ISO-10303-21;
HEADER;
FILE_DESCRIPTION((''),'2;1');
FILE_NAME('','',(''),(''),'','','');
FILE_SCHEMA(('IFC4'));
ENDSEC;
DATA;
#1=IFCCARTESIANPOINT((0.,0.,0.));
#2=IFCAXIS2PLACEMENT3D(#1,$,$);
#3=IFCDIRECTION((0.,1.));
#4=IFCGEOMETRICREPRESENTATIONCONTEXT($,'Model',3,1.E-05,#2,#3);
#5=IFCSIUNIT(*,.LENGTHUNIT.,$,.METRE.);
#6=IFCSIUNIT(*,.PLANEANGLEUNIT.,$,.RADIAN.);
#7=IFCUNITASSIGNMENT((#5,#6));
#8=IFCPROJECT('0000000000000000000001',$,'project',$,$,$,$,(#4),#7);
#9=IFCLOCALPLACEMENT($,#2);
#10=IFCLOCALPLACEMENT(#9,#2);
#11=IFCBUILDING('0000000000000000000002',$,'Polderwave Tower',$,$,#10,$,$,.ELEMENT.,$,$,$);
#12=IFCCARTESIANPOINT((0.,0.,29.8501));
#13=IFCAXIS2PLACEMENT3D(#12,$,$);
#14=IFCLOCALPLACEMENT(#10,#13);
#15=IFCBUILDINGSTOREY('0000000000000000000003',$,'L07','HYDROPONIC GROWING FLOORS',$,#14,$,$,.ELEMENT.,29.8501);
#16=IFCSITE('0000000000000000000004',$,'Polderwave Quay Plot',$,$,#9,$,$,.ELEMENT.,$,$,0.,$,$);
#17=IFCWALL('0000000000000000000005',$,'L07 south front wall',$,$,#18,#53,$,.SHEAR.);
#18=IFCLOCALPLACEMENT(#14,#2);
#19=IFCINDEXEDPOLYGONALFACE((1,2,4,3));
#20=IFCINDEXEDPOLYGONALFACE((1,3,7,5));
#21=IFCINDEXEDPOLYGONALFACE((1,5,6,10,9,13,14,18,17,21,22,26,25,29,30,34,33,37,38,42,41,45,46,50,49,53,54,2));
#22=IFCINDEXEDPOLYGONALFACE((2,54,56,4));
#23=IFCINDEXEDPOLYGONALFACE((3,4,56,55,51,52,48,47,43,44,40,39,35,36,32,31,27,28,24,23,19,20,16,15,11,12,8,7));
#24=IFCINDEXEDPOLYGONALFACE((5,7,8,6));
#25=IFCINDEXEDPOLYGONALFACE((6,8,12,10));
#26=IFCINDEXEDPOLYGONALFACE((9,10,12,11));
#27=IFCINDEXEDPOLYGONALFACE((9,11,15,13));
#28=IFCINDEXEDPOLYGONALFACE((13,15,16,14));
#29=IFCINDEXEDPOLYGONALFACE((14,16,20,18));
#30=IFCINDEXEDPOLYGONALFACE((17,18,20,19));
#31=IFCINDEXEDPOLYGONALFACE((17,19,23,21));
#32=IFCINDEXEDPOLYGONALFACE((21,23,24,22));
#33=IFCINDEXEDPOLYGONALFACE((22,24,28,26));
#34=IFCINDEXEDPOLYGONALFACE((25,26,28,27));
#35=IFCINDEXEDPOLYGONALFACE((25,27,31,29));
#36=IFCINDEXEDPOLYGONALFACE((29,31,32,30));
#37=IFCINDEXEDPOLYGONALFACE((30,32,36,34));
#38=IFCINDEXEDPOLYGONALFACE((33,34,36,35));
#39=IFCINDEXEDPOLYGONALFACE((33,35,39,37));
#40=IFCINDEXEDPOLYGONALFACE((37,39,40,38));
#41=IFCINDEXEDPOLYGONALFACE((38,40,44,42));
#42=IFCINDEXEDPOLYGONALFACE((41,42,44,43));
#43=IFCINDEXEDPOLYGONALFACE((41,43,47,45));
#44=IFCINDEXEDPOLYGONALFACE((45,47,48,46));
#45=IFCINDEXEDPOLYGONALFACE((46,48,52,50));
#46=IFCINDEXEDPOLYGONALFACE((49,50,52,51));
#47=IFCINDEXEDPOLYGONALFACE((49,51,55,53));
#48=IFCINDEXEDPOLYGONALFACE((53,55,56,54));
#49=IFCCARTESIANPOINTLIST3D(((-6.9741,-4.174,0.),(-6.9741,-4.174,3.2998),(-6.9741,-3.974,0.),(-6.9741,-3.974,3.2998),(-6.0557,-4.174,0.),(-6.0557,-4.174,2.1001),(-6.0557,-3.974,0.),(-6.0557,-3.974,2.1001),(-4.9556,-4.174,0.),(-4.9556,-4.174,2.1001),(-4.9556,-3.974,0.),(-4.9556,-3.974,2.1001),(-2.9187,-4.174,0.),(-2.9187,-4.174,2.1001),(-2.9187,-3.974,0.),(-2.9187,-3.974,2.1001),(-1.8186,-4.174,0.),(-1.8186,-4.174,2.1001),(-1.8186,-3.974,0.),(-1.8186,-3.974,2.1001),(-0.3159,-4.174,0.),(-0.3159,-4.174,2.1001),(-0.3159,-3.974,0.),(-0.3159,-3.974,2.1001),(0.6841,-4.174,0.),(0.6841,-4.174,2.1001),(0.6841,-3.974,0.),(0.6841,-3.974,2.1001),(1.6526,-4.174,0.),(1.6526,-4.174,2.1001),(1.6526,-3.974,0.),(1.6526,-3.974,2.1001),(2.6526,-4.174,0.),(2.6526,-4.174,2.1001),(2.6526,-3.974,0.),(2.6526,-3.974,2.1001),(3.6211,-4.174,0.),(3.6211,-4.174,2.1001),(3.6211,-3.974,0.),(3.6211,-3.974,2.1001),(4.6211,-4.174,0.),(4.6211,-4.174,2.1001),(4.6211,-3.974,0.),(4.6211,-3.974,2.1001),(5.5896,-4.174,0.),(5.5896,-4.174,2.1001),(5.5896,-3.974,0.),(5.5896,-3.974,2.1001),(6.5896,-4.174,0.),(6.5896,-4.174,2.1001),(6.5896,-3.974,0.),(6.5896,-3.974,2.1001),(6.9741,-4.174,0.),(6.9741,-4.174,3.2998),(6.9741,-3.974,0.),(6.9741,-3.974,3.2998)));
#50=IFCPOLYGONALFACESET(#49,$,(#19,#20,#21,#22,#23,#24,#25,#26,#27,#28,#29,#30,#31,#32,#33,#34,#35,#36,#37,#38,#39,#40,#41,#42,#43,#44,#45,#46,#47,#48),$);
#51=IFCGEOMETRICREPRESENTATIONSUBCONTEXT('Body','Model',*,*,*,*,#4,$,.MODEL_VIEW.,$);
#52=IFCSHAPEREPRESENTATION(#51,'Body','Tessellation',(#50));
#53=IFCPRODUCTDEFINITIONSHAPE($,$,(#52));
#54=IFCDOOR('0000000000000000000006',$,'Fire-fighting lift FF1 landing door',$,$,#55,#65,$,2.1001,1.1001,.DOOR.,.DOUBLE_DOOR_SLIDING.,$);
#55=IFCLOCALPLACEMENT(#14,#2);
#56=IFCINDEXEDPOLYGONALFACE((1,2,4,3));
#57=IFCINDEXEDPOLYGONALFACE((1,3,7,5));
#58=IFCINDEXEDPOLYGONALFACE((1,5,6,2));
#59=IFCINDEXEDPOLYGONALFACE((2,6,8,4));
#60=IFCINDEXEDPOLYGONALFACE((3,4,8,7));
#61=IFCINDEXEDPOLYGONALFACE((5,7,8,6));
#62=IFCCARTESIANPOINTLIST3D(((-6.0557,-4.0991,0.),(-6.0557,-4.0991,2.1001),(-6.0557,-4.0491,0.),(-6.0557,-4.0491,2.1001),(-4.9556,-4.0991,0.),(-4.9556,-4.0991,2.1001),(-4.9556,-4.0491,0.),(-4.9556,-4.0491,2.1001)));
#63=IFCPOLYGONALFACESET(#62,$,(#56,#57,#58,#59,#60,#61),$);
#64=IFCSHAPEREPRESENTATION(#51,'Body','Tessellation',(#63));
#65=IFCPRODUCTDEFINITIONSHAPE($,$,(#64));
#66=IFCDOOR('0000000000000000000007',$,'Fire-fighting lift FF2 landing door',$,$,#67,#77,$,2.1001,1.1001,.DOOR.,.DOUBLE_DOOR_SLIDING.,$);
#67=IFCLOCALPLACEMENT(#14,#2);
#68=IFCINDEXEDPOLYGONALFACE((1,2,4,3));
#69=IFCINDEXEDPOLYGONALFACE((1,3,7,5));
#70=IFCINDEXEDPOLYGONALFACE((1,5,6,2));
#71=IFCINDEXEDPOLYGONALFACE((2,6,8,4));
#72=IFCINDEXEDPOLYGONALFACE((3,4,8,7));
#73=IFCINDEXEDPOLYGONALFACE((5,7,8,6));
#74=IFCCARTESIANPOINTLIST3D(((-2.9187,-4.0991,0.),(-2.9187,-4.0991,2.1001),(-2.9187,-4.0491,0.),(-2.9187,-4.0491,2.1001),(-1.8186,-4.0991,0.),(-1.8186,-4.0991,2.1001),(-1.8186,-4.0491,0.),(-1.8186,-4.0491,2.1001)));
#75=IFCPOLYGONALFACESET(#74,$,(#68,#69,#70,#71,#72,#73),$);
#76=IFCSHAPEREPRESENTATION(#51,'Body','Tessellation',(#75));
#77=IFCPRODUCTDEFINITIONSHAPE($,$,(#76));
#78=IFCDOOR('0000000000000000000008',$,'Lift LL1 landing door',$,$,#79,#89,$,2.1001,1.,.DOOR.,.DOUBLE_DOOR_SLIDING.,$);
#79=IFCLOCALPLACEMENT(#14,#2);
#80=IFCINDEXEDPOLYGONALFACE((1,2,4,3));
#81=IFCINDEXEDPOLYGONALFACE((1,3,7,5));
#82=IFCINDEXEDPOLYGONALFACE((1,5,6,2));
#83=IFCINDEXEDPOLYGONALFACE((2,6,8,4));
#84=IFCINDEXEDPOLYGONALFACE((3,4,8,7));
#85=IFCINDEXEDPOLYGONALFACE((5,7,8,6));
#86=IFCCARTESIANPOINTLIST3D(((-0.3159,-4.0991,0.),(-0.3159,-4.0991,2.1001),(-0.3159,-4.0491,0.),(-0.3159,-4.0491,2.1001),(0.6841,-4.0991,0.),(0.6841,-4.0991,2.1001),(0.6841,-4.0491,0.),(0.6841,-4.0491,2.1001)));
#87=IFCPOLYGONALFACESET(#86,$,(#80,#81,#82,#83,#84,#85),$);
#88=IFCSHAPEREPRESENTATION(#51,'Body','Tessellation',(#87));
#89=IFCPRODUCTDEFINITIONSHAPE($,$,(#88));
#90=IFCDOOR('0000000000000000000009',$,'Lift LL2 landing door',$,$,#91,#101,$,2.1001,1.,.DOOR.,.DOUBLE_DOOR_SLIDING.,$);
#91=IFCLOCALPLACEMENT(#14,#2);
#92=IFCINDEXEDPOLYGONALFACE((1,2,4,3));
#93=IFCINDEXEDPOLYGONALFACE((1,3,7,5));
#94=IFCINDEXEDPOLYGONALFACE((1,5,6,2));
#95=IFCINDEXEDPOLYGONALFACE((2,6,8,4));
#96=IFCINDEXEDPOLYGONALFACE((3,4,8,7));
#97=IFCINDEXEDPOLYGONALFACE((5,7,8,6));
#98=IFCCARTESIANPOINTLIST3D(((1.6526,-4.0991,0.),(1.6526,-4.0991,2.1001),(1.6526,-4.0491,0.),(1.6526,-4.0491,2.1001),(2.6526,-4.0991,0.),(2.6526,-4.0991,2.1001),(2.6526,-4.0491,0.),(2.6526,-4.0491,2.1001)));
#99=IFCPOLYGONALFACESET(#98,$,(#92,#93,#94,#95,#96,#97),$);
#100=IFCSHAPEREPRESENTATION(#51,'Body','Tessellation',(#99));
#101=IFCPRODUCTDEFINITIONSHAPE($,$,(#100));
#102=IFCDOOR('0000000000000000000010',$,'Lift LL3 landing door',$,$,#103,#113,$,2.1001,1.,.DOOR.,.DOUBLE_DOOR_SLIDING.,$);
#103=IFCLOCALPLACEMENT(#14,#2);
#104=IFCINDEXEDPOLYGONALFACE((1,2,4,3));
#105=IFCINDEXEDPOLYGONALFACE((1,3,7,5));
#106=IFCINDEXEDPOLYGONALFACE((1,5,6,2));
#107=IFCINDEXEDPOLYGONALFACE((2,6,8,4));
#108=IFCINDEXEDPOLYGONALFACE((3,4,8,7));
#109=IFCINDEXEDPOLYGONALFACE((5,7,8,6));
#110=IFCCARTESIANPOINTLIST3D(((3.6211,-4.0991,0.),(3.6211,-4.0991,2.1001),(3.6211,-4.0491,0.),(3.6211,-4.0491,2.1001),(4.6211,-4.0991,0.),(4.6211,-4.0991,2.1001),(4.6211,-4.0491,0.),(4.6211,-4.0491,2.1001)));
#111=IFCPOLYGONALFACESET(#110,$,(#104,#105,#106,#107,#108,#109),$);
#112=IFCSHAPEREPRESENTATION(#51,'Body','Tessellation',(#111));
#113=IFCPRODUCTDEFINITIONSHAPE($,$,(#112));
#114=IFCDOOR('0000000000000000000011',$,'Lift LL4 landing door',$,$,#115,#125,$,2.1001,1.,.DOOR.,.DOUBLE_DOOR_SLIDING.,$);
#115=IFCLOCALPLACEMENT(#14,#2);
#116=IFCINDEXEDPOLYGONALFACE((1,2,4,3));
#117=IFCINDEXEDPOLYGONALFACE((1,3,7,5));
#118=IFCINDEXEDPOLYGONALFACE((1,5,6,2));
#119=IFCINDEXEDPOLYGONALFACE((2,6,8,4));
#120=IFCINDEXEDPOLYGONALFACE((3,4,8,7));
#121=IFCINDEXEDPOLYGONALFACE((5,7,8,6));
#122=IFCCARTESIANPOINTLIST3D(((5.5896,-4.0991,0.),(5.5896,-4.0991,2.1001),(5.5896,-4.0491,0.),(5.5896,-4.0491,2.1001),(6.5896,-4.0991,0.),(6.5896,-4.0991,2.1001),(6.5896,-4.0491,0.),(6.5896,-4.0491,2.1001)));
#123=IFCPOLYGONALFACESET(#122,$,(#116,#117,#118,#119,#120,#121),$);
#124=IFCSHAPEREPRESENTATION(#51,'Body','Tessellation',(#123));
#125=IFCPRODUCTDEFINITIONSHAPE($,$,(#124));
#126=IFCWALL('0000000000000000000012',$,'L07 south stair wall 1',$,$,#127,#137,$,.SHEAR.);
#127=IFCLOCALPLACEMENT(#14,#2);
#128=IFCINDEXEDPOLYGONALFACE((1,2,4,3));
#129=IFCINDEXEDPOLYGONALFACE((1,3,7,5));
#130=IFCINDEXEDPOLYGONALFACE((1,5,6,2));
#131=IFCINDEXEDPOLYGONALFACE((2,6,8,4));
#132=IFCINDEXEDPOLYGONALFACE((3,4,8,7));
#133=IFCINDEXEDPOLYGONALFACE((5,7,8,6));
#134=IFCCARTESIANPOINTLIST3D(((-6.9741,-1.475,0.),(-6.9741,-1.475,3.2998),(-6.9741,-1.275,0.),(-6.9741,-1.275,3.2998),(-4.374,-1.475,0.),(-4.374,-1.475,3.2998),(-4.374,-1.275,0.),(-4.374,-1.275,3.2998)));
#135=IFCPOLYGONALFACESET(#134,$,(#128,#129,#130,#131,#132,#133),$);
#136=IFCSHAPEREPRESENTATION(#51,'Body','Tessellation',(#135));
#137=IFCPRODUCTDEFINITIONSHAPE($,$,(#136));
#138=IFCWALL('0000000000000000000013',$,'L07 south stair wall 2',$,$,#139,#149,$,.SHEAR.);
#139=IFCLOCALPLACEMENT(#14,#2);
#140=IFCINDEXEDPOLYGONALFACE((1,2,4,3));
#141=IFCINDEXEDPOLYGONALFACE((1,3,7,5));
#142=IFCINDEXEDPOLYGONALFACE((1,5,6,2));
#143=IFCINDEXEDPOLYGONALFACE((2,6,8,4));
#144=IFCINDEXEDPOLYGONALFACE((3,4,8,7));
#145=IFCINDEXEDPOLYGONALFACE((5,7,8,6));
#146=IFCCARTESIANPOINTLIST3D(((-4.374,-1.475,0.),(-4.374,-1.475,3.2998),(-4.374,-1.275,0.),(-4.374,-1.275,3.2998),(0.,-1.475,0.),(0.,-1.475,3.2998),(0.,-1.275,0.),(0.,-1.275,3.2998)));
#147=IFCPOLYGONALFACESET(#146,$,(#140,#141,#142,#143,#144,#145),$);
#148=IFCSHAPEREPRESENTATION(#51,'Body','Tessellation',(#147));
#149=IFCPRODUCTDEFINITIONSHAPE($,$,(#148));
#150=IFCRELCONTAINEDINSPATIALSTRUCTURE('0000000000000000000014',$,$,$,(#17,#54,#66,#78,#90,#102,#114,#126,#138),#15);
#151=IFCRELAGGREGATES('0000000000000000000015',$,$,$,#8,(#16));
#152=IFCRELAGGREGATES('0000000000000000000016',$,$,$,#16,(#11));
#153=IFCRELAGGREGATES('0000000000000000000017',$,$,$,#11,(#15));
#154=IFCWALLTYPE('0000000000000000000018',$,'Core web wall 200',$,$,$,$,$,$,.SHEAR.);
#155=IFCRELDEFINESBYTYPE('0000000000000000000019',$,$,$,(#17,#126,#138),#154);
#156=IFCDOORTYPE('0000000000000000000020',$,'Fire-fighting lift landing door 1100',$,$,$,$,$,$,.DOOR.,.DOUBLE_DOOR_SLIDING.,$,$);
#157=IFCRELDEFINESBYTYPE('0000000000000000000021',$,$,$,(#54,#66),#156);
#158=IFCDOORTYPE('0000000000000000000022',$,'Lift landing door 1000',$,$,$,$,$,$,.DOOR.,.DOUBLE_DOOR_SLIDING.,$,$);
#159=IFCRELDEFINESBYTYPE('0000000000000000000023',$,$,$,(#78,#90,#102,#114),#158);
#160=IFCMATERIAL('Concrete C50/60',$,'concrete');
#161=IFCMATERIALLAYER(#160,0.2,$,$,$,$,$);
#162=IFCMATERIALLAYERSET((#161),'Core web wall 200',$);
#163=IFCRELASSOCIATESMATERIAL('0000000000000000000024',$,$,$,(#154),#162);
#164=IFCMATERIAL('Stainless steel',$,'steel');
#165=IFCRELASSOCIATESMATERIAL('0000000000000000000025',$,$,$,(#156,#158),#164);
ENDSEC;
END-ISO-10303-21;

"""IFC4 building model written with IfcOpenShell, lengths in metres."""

from ifc_helpers import new_model, si_unit, direction, frame, frame_2d, origin, place, context, subcontext, project, spatial, rectangle, extrude, material, layer, layer_set, type_object, element, fill, save


model = new_model("IFC4")

# Units and contexts
model_context = context("Model", 3, precision=1e-05, world=origin(), true_north=direction((0.0, 1.0)))
body_context = subcontext(model_context, "Body", "Model", "MODEL_VIEW")
ifc_project = project(units=[si_unit("LENGTHUNIT", "METRE"), si_unit("PLANEANGLEUNIT", "RADIAN")], contexts=[model_context])

# Site, building, storey
site_placement = place(None, origin())
site = spatial("IfcSite", under=ifc_project, at=site_placement, Name="Polderwave Quay Plot", CompositionType="ELEMENT", RefElevation=0.0)
building_placement = place(site_placement, origin())
building = spatial("IfcBuilding", under=site, at=building_placement, Name="Polderwave Tower", CompositionType="ELEMENT")
storey_placement = place(building_placement, frame((0.0, 0.0, 29.8501)))
storey = spatial("IfcBuildingStorey", under=building, at=storey_placement, Name="L07", Description="HYDROPONIC GROWING FLOORS", CompositionType="ELEMENT", Elevation=29.8501)

# Wall, openings, doors
ifc_material_1 = material(Name="Concrete C50/60", Category="concrete")
ifc_layer_1 = layer(ifc_material_1, 0.2)
ifc_layer_set_1 = layer_set([ifc_layer_1], Name="Core web wall 200")
wall_type_1 = type_object("IfcWallType", Name="Core web wall 200", PredefinedType="SHEAR", material=ifc_layer_set_1)
wall_1_placement = place(storey_placement, frame((-6.9741, -4.074, 0.0), z_axis=(0.0, 0.0, 1.0), x_axis=(1.0, 0.0, 0.0)))
wall_1 = element("IfcWall", 1, at=wall_1_placement, inside=storey, type_object=wall_type_1, Name="L07 south front wall", PredefinedType="SHEAR", context=body_context, shape_type="SweptSolid", body=[
    extrude(rectangle(XDim=13.9482, YDim=0.2, at=frame_2d((6.9741, 0.0))), origin(), (0.0, 0.0, 1.0), 3.2998),
])
opening_1_placement = place(wall_1_placement, frame((0.9185, 0.0, 0.0)))
opening_1 = element("IfcOpeningElement", 2, at=opening_1_placement, cuts=wall_1, PredefinedType="OPENING", context=body_context, shape_type="SweptSolid", body=[
    extrude(rectangle(XDim=1.1001, YDim=2.1001, at=frame_2d((0.55, 1.05))), frame((0.0, 0.1099, 0.0), z_axis=(0.0, -1.0, 0.0), x_axis=(1.0, 0.0, 0.0)), (0.0, 0.0, 1.0), 0.22),
])
opening_2_placement = place(wall_1_placement, frame((4.0554, 0.0, 0.0)))
opening_2 = element("IfcOpeningElement", 3, at=opening_2_placement, cuts=wall_1, PredefinedType="OPENING", context=body_context, shape_type="SweptSolid", body=[
    extrude(rectangle(XDim=1.1001, YDim=2.1001, at=frame_2d((0.55, 1.05))), frame((0.0, 0.1099, 0.0), z_axis=(0.0, -1.0, 0.0), x_axis=(1.0, 0.0, 0.0)), (0.0, 0.0, 1.0), 0.22),
])
opening_3_placement = place(wall_1_placement, frame((6.6582, 0.0, 0.0)))
opening_3 = element("IfcOpeningElement", 4, at=opening_3_placement, cuts=wall_1, PredefinedType="OPENING", context=body_context, shape_type="SweptSolid", body=[
    extrude(rectangle(XDim=1.0, YDim=2.1001, at=frame_2d((0.5, 1.05))), frame((0.0, 0.1099, 0.0), z_axis=(0.0, -1.0, 0.0), x_axis=(1.0, 0.0, 0.0)), (0.0, 0.0, 1.0), 0.22),
])
opening_4_placement = place(wall_1_placement, frame((8.6267, 0.0, 0.0)))
opening_4 = element("IfcOpeningElement", 5, at=opening_4_placement, cuts=wall_1, PredefinedType="OPENING", context=body_context, shape_type="SweptSolid", body=[
    extrude(rectangle(XDim=1.0, YDim=2.1001, at=frame_2d((0.5, 1.05))), frame((0.0, 0.1099, 0.0), z_axis=(0.0, -1.0, 0.0), x_axis=(1.0, 0.0, 0.0)), (0.0, 0.0, 1.0), 0.22),
])
opening_5_placement = place(wall_1_placement, frame((10.5952, 0.0, 0.0)))
opening_5 = element("IfcOpeningElement", 6, at=opening_5_placement, cuts=wall_1, PredefinedType="OPENING", context=body_context, shape_type="SweptSolid", body=[
    extrude(rectangle(XDim=1.0, YDim=2.1001, at=frame_2d((0.5, 1.05))), frame((0.0, 0.1099, 0.0), z_axis=(0.0, -1.0, 0.0), x_axis=(1.0, 0.0, 0.0)), (0.0, 0.0, 1.0), 0.22),
])
opening_6_placement = place(wall_1_placement, frame((12.5637, 0.0, 0.0)))
opening_6 = element("IfcOpeningElement", 7, at=opening_6_placement, cuts=wall_1, PredefinedType="OPENING", context=body_context, shape_type="SweptSolid", body=[
    extrude(rectangle(XDim=1.0, YDim=2.1001, at=frame_2d((0.5, 1.05))), frame((0.0, 0.1099, 0.0), z_axis=(0.0, -1.0, 0.0), x_axis=(1.0, 0.0, 0.0)), (0.0, 0.0, 1.0), 0.22),
])
ifc_material_2 = material(Name="Stainless steel", Category="steel")
door_type_1 = type_object("IfcDoorType", Name="Fire-fighting lift landing door 1100", OperationType="DOUBLE_DOOR_SLIDING", PredefinedType="DOOR", material=ifc_material_2)
door_1_placement = place(opening_1_placement, origin())
door_1 = element("IfcDoor", 8, at=door_1_placement, inside=storey, type_object=door_type_1, Name="Fire-fighting lift FF1 landing door", OperationType="DOUBLE_DOOR_SLIDING", OverallHeight=2.1001, OverallWidth=1.1001, PredefinedType="DOOR", context=body_context, shape_type="SweptSolid", body=[
    extrude(rectangle(XDim=1.1001, YDim=2.1001, at=frame_2d((0.55, 1.05))), frame((0.0, 0.0249, 0.0), z_axis=(0.0, -1.0, 0.0), x_axis=(1.0, 0.0, 0.0)), (0.0, 0.0, 1.0), 0.05),
])
fill(opening_1, door_1)
door_2_placement = place(opening_2_placement, origin())
door_2 = element("IfcDoor", 9, at=door_2_placement, inside=storey, type_object=door_type_1, Name="Fire-fighting lift FF2 landing door", OperationType="DOUBLE_DOOR_SLIDING", OverallHeight=2.1001, OverallWidth=1.1001, PredefinedType="DOOR", context=body_context, shape_type="SweptSolid", body=[
    extrude(rectangle(XDim=1.1001, YDim=2.1001, at=frame_2d((0.55, 1.05))), frame((0.0, 0.0249, 0.0), z_axis=(0.0, -1.0, 0.0), x_axis=(1.0, 0.0, 0.0)), (0.0, 0.0, 1.0), 0.05),
])
fill(opening_2, door_2)
door_type_2 = type_object("IfcDoorType", Name="Lift landing door 1000", OperationType="DOUBLE_DOOR_SLIDING", PredefinedType="DOOR", material=ifc_material_2)
door_3_placement = place(opening_3_placement, origin())
door_3 = element("IfcDoor", 10, at=door_3_placement, inside=storey, type_object=door_type_2, Name="Lift LL1 landing door", OperationType="DOUBLE_DOOR_SLIDING", OverallHeight=2.1001, OverallWidth=1.0, PredefinedType="DOOR", context=body_context, shape_type="SweptSolid", body=[
    extrude(rectangle(XDim=1.0, YDim=2.1001, at=frame_2d((0.5, 1.05))), frame((0.0, 0.0249, 0.0), z_axis=(0.0, -1.0, 0.0), x_axis=(1.0, 0.0, 0.0)), (0.0, 0.0, 1.0), 0.05),
])
fill(opening_3, door_3)
door_4_placement = place(opening_4_placement, origin())
door_4 = element("IfcDoor", 11, at=door_4_placement, inside=storey, type_object=door_type_2, Name="Lift LL2 landing door", OperationType="DOUBLE_DOOR_SLIDING", OverallHeight=2.1001, OverallWidth=1.0, PredefinedType="DOOR", context=body_context, shape_type="SweptSolid", body=[
    extrude(rectangle(XDim=1.0, YDim=2.1001, at=frame_2d((0.5, 1.05))), frame((0.0, 0.0249, 0.0), z_axis=(0.0, -1.0, 0.0), x_axis=(1.0, 0.0, 0.0)), (0.0, 0.0, 1.0), 0.05),
])
fill(opening_4, door_4)
door_5_placement = place(opening_5_placement, origin())
door_5 = element("IfcDoor", 12, at=door_5_placement, inside=storey, type_object=door_type_2, Name="Lift LL3 landing door", OperationType="DOUBLE_DOOR_SLIDING", OverallHeight=2.1001, OverallWidth=1.0, PredefinedType="DOOR", context=body_context, shape_type="SweptSolid", body=[
    extrude(rectangle(XDim=1.0, YDim=2.1001, at=frame_2d((0.5, 1.05))), frame((0.0, 0.0249, 0.0), z_axis=(0.0, -1.0, 0.0), x_axis=(1.0, 0.0, 0.0)), (0.0, 0.0, 1.0), 0.05),
])
fill(opening_5, door_5)
door_6_placement = place(opening_6_placement, origin())
door_6 = element("IfcDoor", 13, at=door_6_placement, inside=storey, type_object=door_type_2, Name="Lift LL4 landing door", OperationType="DOUBLE_DOOR_SLIDING", OverallHeight=2.1001, OverallWidth=1.0, PredefinedType="DOOR", context=body_context, shape_type="SweptSolid", body=[
    extrude(rectangle(XDim=1.0, YDim=2.1001, at=frame_2d((0.5, 1.05))), frame((0.0, 0.0249, 0.0), z_axis=(0.0, -1.0, 0.0), x_axis=(1.0, 0.0, 0.0)), (0.0, 0.0, 1.0), 0.05),
])
fill(opening_6, door_6)

# Walls
wall_2_placement = place(storey_placement, frame((-6.9741, -1.375, 0.0), z_axis=(0.0, 0.0, 1.0), x_axis=(1.0, 0.0, 0.0)))
element("IfcWall", 14, at=wall_2_placement, inside=storey, type_object=wall_type_1, Name="L07 south stair wall 1", PredefinedType="SHEAR", context=body_context, shape_type="SweptSolid", body=[
    extrude(rectangle(XDim=2.6001, YDim=0.2, at=frame_2d((1.3, 0.0))), origin(), (0.0, 0.0, 1.0), 3.2998),
])
wall_3_placement = place(storey_placement, frame((-4.374, -1.375, 0.0), z_axis=(0.0, 0.0, 1.0), x_axis=(1.0, 0.0, 0.0)))
element("IfcWall", 15, at=wall_3_placement, inside=storey, type_object=wall_type_1, Name="L07 south stair wall 2", PredefinedType="SHEAR", context=body_context, shape_type="SweptSolid", body=[
    extrude(rectangle(XDim=4.374, YDim=0.2, at=frame_2d((2.187, 0.0))), origin(), (0.0, 0.0, 1.0), 3.2998),
])

save(model, "model.ifc")
